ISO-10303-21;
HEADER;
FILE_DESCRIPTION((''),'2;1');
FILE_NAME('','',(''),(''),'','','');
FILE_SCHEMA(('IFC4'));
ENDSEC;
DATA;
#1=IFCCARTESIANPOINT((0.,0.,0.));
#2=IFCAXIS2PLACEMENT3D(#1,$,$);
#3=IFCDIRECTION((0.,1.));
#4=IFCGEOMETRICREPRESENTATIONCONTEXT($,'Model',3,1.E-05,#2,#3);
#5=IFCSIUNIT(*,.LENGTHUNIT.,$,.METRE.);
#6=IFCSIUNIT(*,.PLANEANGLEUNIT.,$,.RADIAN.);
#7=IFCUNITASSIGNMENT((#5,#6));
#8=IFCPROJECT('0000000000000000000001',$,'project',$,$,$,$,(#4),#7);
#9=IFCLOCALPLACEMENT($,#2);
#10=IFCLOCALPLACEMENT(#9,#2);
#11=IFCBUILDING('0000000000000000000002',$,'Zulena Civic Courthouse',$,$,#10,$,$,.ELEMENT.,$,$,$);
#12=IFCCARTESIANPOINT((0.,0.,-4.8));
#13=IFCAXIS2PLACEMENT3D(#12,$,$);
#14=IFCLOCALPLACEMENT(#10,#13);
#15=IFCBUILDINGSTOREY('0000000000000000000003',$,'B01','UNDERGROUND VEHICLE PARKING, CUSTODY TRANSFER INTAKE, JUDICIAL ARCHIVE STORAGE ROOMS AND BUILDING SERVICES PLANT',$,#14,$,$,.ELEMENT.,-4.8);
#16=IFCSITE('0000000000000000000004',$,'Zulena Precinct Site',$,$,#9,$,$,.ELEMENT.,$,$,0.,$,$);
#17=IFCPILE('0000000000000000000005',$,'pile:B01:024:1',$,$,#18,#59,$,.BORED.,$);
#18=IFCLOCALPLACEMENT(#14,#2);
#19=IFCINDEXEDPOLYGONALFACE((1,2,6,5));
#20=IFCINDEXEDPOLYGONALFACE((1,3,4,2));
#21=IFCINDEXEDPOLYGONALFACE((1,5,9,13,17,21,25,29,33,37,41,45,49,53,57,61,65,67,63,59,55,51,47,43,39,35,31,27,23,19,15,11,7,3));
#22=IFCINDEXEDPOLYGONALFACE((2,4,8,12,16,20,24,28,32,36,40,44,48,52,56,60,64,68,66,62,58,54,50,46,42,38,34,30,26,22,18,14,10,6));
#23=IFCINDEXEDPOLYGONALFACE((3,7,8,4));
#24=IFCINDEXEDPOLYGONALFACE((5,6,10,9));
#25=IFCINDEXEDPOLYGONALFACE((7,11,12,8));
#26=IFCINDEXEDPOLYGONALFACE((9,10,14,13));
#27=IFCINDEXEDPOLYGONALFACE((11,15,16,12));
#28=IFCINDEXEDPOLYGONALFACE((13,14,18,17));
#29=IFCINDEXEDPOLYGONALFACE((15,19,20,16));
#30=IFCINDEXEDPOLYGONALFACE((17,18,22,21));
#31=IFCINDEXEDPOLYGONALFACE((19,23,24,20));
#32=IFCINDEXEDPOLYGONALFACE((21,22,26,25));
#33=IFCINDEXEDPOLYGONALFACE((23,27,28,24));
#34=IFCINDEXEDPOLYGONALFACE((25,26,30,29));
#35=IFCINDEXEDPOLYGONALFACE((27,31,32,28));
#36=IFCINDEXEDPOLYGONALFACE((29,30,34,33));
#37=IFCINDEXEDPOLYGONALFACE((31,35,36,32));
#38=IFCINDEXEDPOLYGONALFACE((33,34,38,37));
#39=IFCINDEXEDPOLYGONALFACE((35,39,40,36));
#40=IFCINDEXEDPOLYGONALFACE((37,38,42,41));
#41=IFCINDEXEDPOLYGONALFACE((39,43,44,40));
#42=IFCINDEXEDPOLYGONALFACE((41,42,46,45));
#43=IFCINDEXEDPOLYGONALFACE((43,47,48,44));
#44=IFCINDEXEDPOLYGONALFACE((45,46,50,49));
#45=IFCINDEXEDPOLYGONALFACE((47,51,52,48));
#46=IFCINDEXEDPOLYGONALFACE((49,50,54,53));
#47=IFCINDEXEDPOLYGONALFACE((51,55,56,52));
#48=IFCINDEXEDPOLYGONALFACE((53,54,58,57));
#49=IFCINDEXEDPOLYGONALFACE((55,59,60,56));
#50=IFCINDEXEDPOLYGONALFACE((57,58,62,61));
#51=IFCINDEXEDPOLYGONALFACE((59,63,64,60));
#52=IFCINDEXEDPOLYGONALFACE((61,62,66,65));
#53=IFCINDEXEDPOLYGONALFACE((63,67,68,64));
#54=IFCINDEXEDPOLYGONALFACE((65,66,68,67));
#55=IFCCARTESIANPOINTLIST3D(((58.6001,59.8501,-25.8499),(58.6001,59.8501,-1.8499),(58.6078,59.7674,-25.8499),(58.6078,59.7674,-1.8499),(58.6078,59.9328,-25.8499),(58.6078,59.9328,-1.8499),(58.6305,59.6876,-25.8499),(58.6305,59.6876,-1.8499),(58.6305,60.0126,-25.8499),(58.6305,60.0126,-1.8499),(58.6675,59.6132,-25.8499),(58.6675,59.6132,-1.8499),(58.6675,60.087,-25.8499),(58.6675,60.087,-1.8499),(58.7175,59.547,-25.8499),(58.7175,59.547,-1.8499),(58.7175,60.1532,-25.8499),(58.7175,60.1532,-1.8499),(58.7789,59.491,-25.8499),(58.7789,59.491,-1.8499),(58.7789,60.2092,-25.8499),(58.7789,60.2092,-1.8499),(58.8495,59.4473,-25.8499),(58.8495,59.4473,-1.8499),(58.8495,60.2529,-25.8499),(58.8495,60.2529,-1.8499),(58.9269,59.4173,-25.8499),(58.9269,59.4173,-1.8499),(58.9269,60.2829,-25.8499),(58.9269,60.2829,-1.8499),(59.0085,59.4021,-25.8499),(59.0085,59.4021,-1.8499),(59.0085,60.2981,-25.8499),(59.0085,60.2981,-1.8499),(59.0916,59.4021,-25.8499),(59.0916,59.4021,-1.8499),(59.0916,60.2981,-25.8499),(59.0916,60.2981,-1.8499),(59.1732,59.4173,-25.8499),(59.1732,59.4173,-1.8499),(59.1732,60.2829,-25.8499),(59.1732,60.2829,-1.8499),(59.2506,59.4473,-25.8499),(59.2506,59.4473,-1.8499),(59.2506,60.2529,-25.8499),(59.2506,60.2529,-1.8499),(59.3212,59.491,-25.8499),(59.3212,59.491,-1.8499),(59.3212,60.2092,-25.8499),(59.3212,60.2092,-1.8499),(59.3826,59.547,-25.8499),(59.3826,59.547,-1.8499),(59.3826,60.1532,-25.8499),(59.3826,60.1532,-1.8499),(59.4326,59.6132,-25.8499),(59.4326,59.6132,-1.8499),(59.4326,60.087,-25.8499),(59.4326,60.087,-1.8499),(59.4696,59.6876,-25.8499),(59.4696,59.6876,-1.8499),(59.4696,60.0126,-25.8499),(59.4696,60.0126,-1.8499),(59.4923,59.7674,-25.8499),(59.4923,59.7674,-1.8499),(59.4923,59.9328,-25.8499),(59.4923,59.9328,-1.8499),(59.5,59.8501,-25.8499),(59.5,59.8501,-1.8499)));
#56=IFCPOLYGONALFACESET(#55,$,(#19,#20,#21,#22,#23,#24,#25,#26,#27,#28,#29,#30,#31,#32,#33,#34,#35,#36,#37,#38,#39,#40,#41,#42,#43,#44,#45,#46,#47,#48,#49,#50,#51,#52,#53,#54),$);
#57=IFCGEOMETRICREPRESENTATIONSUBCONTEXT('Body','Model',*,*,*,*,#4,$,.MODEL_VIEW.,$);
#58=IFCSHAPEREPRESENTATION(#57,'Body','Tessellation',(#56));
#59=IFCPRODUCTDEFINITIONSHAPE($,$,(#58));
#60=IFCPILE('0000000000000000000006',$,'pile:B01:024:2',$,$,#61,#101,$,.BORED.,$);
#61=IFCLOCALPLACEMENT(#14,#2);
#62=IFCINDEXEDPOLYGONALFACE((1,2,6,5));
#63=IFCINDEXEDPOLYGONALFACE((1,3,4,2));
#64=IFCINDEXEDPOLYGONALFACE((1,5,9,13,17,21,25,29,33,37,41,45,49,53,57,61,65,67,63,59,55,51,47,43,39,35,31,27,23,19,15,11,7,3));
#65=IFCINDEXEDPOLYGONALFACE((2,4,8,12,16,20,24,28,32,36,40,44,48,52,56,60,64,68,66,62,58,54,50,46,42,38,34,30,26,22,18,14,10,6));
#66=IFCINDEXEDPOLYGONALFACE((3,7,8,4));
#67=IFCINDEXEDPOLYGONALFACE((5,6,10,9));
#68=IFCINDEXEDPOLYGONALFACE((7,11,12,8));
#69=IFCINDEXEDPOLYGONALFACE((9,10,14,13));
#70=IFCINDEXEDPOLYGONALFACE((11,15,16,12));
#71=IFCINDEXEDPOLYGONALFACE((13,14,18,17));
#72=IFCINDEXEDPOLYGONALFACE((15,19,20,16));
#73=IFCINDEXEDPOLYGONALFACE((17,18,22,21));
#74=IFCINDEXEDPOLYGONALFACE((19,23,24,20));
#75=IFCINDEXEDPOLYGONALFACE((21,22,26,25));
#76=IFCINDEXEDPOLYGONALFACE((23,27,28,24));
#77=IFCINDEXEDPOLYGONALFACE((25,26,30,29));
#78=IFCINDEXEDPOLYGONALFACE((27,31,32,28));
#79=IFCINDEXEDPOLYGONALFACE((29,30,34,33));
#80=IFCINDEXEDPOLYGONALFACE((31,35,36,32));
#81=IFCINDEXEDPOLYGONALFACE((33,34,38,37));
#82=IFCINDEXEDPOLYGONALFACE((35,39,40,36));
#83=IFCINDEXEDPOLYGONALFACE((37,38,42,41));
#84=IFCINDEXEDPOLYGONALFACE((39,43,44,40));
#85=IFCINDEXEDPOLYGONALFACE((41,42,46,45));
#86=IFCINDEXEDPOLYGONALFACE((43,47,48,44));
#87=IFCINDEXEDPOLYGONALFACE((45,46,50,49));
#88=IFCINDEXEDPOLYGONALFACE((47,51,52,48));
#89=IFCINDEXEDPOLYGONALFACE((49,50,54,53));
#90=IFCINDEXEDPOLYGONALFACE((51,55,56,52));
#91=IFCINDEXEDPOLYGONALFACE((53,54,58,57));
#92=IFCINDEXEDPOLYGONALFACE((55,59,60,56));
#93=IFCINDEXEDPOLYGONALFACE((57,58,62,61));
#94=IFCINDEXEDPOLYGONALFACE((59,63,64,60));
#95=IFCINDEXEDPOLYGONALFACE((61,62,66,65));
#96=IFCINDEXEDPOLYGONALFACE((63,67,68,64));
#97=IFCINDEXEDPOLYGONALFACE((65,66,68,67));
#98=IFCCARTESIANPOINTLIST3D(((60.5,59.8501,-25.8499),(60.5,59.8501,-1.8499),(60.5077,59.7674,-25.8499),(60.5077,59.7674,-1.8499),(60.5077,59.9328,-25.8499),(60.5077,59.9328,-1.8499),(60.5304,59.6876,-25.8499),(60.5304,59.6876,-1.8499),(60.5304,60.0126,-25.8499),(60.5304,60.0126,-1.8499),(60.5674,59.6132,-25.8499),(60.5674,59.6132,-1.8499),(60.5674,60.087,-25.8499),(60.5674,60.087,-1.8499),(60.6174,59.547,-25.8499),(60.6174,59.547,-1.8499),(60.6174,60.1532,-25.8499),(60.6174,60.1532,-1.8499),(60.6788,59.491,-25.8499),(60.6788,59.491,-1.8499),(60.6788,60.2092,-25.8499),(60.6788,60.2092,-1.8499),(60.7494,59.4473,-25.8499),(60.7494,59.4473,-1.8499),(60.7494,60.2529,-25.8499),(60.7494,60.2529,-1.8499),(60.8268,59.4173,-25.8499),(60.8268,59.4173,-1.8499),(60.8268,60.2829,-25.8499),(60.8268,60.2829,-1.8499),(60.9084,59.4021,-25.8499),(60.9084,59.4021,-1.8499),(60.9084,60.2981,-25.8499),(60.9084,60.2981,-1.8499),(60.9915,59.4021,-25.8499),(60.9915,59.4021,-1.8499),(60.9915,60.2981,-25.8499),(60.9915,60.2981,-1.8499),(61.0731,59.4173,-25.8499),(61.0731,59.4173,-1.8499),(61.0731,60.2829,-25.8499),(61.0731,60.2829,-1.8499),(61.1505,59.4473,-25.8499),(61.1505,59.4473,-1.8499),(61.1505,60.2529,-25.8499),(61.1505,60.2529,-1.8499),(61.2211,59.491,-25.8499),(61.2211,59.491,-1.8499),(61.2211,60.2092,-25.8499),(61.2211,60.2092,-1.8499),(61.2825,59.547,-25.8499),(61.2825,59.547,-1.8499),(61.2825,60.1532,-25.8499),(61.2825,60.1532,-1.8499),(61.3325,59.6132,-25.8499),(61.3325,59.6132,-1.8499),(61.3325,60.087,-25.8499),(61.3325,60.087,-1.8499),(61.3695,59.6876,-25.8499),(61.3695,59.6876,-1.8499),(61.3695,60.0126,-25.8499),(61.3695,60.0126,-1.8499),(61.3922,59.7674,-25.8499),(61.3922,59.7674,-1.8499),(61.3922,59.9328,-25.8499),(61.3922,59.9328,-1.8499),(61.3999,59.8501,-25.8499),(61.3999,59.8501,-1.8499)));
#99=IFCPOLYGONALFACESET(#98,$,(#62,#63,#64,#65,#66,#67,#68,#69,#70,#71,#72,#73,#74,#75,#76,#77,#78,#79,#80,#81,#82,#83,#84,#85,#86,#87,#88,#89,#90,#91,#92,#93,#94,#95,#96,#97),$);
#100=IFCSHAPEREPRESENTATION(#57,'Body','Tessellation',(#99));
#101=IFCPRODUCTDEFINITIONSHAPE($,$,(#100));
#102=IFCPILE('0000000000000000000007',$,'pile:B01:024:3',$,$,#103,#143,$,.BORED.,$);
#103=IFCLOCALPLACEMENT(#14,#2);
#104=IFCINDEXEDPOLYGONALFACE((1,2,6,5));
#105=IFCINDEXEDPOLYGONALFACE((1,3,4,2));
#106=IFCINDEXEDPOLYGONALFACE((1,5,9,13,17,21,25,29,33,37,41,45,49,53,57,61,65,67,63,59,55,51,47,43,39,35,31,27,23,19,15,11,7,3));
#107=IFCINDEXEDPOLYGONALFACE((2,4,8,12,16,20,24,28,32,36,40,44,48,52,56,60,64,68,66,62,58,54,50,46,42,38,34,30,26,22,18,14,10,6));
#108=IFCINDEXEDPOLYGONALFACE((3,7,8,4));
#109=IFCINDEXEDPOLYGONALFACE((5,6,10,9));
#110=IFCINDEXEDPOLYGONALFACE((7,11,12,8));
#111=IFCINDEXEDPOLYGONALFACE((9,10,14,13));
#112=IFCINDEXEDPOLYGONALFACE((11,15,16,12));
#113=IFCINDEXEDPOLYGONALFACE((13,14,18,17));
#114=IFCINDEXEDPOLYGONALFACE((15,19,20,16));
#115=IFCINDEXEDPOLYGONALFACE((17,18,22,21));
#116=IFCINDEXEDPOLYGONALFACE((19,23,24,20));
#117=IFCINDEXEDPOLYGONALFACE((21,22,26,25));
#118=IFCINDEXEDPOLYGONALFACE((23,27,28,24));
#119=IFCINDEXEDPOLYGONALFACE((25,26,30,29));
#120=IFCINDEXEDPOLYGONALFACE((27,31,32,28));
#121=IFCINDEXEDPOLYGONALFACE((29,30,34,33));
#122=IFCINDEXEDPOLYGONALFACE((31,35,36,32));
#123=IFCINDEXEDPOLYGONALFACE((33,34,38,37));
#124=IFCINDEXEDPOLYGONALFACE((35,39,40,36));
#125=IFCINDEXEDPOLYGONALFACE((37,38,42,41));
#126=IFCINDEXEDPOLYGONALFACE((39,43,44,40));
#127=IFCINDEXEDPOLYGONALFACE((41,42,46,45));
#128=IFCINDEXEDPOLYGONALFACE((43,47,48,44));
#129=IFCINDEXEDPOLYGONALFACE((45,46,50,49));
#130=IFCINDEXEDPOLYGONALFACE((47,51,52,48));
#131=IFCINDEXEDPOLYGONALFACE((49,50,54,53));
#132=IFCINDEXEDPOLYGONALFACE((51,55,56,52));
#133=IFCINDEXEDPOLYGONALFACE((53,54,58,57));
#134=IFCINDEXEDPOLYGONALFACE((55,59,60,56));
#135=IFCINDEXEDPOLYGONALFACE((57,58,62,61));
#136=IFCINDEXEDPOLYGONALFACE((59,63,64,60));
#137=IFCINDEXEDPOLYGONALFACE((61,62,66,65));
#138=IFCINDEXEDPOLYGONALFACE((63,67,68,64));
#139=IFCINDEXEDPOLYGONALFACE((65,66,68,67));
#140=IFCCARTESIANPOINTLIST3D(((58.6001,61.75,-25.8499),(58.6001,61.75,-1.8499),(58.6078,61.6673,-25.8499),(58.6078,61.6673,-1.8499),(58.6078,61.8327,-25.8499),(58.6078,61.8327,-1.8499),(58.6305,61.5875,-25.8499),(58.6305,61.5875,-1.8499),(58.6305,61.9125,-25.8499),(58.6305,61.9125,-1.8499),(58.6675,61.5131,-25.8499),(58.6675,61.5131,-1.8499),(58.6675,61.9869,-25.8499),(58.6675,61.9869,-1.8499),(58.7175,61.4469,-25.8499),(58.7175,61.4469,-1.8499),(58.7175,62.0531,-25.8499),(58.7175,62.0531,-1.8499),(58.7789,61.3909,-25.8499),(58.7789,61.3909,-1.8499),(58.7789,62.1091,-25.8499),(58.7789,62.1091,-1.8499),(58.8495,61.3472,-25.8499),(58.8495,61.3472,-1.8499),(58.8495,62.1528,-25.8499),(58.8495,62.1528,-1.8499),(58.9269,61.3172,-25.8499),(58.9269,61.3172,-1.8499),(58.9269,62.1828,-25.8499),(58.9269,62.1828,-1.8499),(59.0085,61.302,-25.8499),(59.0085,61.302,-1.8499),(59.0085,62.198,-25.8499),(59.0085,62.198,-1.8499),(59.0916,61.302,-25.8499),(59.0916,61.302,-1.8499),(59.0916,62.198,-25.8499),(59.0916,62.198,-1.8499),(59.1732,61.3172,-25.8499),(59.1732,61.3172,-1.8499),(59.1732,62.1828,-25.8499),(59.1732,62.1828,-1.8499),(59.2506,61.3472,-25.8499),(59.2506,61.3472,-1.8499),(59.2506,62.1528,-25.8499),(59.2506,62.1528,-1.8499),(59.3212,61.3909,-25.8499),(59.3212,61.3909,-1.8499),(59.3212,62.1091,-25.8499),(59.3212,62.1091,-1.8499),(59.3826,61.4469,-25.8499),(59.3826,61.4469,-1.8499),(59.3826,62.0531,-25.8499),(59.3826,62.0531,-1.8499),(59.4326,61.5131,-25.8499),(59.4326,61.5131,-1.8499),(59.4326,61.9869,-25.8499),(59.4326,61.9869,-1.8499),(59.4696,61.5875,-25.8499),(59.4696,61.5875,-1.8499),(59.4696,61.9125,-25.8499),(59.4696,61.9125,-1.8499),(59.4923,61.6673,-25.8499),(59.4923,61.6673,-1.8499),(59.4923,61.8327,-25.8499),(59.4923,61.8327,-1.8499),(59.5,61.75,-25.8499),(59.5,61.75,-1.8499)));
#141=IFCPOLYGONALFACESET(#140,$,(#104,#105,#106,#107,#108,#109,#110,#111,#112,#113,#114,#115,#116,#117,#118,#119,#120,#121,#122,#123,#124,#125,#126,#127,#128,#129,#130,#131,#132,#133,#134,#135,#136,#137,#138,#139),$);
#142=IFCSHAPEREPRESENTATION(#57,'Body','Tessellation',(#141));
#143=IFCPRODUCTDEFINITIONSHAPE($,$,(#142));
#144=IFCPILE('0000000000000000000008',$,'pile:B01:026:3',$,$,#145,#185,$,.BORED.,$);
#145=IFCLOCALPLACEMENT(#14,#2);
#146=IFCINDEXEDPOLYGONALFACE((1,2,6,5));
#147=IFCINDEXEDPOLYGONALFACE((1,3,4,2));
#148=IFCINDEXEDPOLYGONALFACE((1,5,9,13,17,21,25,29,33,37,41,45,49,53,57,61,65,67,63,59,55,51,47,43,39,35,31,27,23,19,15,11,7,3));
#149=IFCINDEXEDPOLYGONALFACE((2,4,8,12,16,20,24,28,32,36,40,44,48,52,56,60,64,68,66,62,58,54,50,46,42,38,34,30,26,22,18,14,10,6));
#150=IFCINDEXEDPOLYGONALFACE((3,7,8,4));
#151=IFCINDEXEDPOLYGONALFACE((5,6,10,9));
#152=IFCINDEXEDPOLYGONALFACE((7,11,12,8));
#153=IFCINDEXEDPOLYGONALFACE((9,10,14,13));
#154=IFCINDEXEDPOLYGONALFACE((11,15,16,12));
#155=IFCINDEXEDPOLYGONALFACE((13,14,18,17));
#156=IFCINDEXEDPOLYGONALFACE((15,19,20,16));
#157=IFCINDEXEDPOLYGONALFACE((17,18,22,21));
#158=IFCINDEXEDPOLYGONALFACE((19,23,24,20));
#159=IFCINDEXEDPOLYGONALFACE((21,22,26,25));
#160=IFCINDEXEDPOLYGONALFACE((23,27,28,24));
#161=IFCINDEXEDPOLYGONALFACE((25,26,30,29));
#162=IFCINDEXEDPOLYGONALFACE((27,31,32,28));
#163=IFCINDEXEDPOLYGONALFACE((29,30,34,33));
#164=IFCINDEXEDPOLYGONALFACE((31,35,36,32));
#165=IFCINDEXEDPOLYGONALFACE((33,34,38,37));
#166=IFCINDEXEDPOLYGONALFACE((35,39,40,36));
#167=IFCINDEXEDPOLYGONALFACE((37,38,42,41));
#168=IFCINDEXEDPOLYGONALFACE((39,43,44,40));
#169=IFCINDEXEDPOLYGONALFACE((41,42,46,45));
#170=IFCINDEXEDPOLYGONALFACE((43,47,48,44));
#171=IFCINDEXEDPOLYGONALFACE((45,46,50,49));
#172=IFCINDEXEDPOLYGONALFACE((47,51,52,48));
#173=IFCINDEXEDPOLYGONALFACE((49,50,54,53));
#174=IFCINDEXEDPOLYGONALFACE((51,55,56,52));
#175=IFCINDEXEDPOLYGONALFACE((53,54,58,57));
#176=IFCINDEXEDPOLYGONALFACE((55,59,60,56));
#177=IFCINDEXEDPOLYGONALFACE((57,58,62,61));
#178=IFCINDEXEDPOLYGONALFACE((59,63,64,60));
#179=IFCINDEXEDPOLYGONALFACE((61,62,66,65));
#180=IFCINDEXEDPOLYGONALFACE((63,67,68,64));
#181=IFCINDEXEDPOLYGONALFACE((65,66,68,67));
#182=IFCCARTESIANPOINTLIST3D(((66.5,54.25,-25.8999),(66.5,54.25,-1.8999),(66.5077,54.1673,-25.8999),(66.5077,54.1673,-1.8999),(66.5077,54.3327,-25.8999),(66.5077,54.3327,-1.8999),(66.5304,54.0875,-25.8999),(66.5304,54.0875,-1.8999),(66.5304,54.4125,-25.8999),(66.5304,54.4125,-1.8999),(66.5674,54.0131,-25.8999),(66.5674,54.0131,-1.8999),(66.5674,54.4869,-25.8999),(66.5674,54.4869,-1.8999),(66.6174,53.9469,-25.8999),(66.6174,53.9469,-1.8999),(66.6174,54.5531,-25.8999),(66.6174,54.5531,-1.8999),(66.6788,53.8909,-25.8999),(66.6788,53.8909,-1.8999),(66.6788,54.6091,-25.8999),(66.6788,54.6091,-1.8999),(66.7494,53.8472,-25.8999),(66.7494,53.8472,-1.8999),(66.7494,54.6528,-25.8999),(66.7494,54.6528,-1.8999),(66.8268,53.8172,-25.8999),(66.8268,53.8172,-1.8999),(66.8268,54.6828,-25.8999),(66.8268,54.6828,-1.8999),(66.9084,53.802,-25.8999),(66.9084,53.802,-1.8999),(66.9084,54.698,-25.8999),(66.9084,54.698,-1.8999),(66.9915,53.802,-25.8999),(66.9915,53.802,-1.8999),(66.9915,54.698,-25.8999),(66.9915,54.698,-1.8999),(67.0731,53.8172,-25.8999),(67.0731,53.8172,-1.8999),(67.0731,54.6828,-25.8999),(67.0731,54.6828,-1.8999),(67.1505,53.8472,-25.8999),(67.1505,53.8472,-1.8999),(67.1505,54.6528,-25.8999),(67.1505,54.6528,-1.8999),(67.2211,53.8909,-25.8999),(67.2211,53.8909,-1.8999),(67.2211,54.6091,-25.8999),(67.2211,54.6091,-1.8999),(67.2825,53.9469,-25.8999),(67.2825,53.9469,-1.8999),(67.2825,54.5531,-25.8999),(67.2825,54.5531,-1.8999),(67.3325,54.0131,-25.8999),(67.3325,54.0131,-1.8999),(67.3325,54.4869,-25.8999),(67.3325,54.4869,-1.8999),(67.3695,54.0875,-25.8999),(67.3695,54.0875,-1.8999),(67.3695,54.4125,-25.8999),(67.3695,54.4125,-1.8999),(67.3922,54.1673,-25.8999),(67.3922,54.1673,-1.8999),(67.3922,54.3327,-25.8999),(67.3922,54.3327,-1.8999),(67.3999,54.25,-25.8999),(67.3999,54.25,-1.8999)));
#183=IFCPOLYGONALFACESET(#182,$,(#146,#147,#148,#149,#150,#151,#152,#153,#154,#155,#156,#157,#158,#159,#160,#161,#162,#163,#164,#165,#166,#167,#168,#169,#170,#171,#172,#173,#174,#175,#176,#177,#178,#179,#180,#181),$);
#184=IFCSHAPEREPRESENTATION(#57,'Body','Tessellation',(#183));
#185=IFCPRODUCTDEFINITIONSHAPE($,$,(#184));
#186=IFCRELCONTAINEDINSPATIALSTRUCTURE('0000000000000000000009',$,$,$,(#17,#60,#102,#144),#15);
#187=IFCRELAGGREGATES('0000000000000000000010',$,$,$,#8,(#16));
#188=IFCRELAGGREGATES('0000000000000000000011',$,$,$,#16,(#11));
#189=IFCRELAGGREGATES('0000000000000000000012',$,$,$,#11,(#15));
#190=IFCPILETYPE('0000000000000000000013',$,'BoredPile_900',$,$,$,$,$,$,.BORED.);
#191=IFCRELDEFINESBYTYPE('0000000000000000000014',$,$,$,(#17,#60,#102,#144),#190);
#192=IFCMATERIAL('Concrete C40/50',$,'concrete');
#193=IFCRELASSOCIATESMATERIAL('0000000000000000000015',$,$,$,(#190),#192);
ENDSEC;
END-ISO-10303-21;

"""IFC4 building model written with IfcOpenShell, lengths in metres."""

from ifc_helpers import new_model, si_unit, direction, frame, origin, origin_2d, place, context, subcontext, project, spatial, circle, extrude, material, material_profile, profile_set, type_object, element, save


model = new_model("IFC4")

# Units and contexts
model_context = context("Model", 3, precision=1e-05, world=origin(), true_north=direction((0.0, 1.0)))
body_context = subcontext(model_context, "Body", "Model", "MODEL_VIEW")
ifc_project = project(units=[si_unit("LENGTHUNIT", "METRE"), si_unit("PLANEANGLEUNIT", "RADIAN")], contexts=[model_context])

# Site, building, storey
site_placement = place(None, origin())
site = spatial("IfcSite", under=ifc_project, at=site_placement, Name="Zulena Precinct Site", CompositionType="ELEMENT", RefElevation=0.0)
building_placement = place(site_placement, origin())
building = spatial("IfcBuilding", under=site, at=building_placement, Name="Zulena Civic Courthouse", CompositionType="ELEMENT")
storey_placement = place(building_placement, frame((0.0, 0.0, -4.8)))
storey = spatial("IfcBuildingStorey", under=building, at=storey_placement, Name="B01", Description="UNDERGROUND VEHICLE PARKING, CUSTODY TRANSFER INTAKE, JUDICIAL ARCHIVE STORAGE ROOMS AND BUILDING SERVICES PLANT", CompositionType="ELEMENT", Elevation=-4.8)

# Piles
ifc_material_1 = material(Name="Concrete C40/50", Category="concrete")
ifc_material_profile_1 = material_profile(ifc_material_1, circle(Radius=0.45, at=origin_2d()), Name="PILE900")
ifc_profile_set_1 = profile_set([ifc_material_profile_1], Name="Concrete C40/50")
pile_type_1 = type_object("IfcPileType", Name="BoredPile_900", PredefinedType="BORED", material=ifc_profile_set_1)
for number, where, z_axis, x_axis, name in (
    (1, (59.05, 59.8501, -1.8499), (0.0, 0.0, -1.0), (1.0, 0.0, 0.0), "pile:B01:024:1"),
    (2, (60.95, 59.8501, -1.8499), (0.0, 0.0, -1.0), (1.0, 0.0, 0.0), "pile:B01:024:2"),
    (3, (59.05, 61.75, -1.8499), (0.0, 0.0, -1.0), (1.0, 0.0, 0.0), "pile:B01:024:3"),
    (4, (66.95, 54.25, -1.8999), (0.0, 0.0, -1.0), (1.0, 0.0, 0.0), "pile:B01:026:3"),
):
    element("IfcPile", number, at=place(storey_placement, frame(where, z_axis=z_axis, x_axis=x_axis)), inside=storey, type_object=pile_type_1, Name=name, PredefinedType="BORED", context=body_context, shape_type="SweptSolid", body=[
        extrude(circle(Radius=0.45, at=origin_2d()), origin(), (0.0, 0.0, 1.0), 24.0),
    ])

save(model, "model.ifc")
